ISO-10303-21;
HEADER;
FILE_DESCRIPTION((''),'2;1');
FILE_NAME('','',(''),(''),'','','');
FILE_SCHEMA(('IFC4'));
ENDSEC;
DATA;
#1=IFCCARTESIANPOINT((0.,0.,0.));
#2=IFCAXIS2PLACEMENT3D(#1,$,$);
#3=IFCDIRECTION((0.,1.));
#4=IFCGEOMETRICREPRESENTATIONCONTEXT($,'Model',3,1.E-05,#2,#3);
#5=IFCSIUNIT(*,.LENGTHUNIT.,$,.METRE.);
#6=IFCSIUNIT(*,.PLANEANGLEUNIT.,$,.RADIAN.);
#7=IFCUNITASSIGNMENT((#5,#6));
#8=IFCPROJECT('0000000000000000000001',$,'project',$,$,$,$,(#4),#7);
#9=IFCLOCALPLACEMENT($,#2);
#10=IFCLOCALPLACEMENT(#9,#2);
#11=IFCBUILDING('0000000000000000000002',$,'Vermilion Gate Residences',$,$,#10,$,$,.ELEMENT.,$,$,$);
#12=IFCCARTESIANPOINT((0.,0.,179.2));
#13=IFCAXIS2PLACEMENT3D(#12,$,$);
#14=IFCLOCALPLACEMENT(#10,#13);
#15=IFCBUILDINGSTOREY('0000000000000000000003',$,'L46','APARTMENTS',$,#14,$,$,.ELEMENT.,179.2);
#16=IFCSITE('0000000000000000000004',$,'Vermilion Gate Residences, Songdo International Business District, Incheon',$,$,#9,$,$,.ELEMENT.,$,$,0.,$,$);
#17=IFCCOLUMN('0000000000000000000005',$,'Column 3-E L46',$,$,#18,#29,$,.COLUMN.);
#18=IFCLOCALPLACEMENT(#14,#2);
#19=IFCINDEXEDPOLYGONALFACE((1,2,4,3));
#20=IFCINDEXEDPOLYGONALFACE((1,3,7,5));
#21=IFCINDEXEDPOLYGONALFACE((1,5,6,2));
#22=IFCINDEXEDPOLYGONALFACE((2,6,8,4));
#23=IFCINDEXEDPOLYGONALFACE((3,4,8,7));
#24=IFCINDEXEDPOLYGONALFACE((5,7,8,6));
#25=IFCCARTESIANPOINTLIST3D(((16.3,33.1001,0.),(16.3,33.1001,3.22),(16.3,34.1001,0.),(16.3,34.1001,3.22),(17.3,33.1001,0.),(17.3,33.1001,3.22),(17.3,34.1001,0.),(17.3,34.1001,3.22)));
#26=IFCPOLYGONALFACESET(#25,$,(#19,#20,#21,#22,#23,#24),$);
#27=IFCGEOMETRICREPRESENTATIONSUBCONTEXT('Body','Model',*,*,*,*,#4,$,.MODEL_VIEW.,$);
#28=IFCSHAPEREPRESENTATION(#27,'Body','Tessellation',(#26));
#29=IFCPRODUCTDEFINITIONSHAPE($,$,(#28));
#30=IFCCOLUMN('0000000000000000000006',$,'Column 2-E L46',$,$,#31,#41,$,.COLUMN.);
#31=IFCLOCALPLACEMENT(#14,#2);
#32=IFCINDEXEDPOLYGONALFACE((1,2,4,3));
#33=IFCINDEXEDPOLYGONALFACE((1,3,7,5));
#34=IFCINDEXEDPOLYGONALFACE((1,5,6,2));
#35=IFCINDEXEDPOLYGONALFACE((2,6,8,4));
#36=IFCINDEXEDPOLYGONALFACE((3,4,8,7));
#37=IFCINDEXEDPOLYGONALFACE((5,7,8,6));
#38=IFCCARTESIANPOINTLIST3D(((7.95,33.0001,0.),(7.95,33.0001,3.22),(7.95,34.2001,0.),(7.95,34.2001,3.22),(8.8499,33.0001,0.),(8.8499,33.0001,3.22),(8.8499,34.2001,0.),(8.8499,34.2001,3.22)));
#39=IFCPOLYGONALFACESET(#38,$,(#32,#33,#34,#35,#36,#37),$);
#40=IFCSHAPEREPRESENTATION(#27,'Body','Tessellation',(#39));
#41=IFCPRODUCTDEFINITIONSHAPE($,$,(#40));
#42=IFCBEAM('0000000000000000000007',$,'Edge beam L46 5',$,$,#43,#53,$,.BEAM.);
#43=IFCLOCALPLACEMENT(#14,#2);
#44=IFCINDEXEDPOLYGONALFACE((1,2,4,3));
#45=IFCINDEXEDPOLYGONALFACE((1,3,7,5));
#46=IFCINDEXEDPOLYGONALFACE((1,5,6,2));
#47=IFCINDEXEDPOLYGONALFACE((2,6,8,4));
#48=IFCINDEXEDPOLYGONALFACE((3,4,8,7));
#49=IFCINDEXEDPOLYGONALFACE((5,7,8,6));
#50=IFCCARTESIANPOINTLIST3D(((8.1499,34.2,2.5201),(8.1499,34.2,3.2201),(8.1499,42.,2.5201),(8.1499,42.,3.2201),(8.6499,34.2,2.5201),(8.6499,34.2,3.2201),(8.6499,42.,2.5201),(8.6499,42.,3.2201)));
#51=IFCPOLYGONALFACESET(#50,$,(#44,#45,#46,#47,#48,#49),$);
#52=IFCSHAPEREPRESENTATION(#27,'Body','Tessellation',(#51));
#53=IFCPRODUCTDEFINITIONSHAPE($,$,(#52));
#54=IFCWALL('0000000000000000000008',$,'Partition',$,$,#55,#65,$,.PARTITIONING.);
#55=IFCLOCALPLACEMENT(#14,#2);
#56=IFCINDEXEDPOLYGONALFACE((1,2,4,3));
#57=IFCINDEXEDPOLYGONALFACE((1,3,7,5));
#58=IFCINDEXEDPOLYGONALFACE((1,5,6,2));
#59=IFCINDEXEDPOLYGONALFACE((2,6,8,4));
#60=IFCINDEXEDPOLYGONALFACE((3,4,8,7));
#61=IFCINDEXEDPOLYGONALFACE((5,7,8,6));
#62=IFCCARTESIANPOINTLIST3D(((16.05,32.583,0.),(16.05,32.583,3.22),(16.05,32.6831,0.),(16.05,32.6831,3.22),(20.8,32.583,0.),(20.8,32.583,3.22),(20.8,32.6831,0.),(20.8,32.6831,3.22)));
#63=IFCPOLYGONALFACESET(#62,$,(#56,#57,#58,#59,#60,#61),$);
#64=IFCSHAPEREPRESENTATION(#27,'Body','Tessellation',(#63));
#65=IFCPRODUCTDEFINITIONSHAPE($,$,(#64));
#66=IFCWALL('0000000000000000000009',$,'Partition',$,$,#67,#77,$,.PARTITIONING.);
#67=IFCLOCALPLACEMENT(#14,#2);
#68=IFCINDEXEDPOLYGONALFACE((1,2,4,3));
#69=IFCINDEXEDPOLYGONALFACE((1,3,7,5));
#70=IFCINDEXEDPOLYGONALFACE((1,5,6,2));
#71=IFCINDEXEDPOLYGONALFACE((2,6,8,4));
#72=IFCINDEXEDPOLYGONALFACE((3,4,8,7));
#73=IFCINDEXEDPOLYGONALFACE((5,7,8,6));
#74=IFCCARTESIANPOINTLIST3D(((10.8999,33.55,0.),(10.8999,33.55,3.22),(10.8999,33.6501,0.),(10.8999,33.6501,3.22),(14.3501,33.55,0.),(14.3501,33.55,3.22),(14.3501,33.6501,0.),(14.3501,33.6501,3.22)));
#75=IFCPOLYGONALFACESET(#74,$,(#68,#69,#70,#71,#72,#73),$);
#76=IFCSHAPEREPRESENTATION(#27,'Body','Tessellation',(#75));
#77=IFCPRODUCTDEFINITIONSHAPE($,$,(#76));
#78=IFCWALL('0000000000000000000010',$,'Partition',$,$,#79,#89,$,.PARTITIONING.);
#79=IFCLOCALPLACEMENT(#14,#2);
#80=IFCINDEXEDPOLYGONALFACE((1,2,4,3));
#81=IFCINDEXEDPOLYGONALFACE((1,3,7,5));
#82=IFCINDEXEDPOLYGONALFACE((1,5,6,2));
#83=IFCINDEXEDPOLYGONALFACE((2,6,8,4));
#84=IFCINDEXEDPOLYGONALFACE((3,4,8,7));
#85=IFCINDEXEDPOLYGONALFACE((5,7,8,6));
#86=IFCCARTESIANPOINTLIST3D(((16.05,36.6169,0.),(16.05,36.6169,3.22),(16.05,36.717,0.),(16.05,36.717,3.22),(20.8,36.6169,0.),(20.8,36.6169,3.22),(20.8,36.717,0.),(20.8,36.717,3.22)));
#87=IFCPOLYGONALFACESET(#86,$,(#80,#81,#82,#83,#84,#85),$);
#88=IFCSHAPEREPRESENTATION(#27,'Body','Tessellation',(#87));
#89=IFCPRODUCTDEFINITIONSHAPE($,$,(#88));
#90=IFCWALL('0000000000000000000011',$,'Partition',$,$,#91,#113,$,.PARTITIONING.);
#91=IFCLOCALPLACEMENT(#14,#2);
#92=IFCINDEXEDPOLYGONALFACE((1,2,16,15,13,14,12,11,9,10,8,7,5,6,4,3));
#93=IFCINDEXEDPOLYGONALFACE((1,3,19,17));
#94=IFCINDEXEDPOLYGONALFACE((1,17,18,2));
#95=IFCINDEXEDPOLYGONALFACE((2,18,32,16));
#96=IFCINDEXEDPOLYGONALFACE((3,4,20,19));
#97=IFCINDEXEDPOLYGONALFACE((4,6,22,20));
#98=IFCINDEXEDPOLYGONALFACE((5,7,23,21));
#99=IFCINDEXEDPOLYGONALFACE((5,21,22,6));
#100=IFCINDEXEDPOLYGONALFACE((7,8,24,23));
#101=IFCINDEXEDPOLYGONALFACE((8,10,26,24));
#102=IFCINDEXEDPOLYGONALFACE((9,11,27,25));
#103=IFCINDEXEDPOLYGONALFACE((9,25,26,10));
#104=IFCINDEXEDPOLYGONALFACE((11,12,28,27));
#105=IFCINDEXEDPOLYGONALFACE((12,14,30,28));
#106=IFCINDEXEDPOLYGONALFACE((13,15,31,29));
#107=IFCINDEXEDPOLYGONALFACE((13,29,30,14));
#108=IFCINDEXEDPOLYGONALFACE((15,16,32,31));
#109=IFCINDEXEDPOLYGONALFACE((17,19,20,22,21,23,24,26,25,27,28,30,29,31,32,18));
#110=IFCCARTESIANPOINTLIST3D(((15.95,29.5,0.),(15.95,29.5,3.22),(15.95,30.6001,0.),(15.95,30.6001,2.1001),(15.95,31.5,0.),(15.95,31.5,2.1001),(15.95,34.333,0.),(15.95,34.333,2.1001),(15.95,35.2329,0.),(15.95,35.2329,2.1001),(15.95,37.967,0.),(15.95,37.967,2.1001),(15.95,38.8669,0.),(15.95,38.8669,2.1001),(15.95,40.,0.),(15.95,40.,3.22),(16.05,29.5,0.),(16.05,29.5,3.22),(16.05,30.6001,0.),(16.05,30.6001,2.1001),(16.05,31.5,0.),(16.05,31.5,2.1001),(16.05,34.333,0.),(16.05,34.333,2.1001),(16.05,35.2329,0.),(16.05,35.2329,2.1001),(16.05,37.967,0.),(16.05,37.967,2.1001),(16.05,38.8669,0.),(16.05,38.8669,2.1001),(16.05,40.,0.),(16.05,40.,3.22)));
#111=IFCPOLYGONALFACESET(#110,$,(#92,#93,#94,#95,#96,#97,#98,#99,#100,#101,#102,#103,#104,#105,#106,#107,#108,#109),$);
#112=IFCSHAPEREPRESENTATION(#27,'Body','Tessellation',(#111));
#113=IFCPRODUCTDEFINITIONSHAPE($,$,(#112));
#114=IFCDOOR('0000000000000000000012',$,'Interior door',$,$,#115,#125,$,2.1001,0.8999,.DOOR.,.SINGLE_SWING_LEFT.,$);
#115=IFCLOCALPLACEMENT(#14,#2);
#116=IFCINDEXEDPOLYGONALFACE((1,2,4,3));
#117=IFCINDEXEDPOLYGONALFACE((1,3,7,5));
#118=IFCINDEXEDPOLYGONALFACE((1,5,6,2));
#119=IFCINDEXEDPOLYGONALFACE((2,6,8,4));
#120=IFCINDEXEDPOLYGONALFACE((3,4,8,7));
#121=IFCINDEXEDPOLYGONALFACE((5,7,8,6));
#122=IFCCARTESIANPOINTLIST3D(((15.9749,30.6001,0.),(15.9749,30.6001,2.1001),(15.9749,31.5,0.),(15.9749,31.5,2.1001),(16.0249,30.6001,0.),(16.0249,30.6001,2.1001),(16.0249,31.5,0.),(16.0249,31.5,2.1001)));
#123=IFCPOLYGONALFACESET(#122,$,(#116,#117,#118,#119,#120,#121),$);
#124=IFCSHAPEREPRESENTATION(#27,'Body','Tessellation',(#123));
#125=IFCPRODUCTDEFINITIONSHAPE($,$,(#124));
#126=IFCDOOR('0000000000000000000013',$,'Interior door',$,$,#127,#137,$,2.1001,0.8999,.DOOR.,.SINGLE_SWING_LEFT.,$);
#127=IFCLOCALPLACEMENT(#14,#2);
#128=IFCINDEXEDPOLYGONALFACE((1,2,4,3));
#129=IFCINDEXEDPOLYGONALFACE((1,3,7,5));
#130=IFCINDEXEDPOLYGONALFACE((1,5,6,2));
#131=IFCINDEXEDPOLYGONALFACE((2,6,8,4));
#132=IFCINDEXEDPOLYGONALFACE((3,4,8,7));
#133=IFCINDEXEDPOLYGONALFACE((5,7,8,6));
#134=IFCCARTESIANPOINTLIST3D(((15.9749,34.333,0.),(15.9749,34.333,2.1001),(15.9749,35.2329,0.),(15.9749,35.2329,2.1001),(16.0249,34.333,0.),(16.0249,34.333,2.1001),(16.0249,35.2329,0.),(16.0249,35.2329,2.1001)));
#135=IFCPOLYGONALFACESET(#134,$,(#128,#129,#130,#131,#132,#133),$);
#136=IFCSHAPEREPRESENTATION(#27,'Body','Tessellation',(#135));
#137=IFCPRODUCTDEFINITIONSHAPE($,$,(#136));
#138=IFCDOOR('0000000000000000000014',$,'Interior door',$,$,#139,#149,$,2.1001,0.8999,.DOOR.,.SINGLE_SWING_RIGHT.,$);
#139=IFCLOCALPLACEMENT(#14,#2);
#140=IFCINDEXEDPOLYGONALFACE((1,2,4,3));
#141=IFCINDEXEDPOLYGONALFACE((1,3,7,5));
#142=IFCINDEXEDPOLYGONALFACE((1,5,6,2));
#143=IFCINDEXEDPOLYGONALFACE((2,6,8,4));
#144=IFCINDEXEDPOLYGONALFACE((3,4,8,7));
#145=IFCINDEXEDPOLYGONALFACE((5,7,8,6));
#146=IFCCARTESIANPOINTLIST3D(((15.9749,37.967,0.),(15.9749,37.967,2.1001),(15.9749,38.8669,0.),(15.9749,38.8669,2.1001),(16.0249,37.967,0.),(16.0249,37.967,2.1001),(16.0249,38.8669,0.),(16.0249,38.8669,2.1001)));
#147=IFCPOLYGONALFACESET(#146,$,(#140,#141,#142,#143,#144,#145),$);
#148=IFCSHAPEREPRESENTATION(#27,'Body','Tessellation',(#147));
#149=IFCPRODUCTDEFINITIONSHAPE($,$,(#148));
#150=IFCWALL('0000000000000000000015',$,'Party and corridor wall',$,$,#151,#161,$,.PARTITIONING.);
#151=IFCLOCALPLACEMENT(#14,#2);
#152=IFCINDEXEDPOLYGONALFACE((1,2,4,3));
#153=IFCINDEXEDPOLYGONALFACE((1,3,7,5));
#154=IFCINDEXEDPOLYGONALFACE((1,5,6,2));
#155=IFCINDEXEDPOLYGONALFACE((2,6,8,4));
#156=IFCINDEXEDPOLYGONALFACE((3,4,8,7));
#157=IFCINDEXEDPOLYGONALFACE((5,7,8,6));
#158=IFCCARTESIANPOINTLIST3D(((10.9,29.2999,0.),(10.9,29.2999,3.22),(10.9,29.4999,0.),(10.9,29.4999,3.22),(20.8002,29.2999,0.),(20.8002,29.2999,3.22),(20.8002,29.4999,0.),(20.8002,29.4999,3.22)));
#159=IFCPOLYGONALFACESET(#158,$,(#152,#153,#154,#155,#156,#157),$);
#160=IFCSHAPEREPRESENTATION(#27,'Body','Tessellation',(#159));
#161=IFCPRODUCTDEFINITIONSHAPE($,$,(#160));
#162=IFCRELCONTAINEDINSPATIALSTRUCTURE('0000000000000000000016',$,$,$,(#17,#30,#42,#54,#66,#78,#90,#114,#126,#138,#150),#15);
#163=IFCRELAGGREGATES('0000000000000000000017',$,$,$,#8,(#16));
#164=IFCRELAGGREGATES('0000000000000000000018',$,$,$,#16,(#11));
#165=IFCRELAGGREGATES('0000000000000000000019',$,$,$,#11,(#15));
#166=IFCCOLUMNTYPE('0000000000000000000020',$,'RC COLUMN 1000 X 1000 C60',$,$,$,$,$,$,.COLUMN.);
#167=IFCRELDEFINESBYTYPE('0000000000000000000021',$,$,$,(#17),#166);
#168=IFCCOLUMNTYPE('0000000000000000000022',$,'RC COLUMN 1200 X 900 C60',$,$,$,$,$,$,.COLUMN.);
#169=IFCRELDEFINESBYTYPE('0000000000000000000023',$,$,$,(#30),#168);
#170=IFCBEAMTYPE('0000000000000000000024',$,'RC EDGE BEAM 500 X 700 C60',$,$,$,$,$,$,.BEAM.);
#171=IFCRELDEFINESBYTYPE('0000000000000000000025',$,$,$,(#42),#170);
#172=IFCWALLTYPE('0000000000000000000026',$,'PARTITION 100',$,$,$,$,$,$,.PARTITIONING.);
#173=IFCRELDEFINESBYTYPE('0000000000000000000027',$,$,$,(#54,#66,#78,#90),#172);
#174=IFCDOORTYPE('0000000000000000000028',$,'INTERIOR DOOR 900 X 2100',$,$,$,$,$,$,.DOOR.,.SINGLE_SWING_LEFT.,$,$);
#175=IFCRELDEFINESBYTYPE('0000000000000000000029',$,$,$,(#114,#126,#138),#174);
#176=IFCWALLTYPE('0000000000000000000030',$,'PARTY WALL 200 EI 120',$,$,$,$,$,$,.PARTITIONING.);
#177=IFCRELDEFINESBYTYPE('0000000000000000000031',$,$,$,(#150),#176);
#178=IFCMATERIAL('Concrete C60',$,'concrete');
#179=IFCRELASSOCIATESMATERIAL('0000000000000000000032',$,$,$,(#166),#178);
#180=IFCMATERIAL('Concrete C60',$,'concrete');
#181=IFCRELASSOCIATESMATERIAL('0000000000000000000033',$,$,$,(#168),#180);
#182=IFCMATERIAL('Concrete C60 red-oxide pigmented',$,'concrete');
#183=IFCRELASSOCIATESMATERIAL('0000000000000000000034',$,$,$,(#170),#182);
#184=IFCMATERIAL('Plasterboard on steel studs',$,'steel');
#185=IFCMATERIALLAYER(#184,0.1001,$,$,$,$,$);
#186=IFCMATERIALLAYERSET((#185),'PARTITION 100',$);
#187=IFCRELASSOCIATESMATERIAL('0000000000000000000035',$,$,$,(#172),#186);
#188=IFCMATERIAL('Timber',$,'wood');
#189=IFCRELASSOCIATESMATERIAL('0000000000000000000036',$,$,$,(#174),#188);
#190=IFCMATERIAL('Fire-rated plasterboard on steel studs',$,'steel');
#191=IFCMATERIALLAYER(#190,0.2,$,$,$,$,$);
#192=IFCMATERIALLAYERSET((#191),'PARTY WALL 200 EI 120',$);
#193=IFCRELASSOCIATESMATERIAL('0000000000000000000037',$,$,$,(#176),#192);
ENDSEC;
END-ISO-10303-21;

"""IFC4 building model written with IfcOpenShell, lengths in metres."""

from ifc_helpers import new_model, si_unit, direction, frame, frame_2d, origin, origin_2d, place, context, subcontext, project, spatial, rectangle, extrude, material, layer, layer_set, material_profile, profile_set, type_object, element, fill, save


model = new_model("IFC4")

# Units and contexts
model_context = context("Model", 3, precision=1e-05, world=origin(), true_north=direction((0.0, 1.0)))
body_context = subcontext(model_context, "Body", "Model", "MODEL_VIEW")
ifc_project = project(units=[si_unit("LENGTHUNIT", "METRE"), si_unit("PLANEANGLEUNIT", "RADIAN")], contexts=[model_context])

# Site, building, storey
site_placement = place(None, origin())
site = spatial("IfcSite", under=ifc_project, at=site_placement, Name="Vermilion Gate Residences, Songdo International Business District, Incheon", CompositionType="ELEMENT", RefElevation=0.0)
building_placement = place(site_placement, origin())
building = spatial("IfcBuilding", under=site, at=building_placement, Name="Vermilion Gate Residences", CompositionType="ELEMENT")
storey_placement = place(building_placement, frame((0.0, 0.0, 179.2)))
storey = spatial("IfcBuildingStorey", under=building, at=storey_placement, Name="L46", Description="APARTMENTS", CompositionType="ELEMENT", Elevation=179.2)

# Columns
ifc_material_1 = material(Name="Concrete C60", Category="concrete")
ifc_material_profile_1 = material_profile(ifc_material_1, rectangle(XDim=1.0, YDim=1.0, at=origin_2d()), Name="RC-1000x1000")
ifc_profile_set_1 = profile_set([ifc_material_profile_1], Name="Concrete C60")
column_type_1 = type_object("IfcColumnType", Name="RC COLUMN 1000 X 1000 C60", PredefinedType="COLUMN", material=ifc_profile_set_1)
column_1_placement = place(storey_placement, frame((16.8, 33.6001, 0.0), z_axis=(0.0, 0.0, 1.0), x_axis=(1.0, 0.0, 0.0)))
element("IfcColumn", 1, at=column_1_placement, inside=storey, type_object=column_type_1, Name="Column 3-E L46", PredefinedType="COLUMN", context=body_context, shape_type="SweptSolid", body=[
    extrude(rectangle(XDim=1.0, YDim=1.0, at=origin_2d()), origin(), (0.0, 0.0, 1.0), 3.22),
])
ifc_material_2 = material(Name="Concrete C60", Category="concrete")
ifc_material_profile_2 = material_profile(ifc_material_2, rectangle(XDim=1.2, YDim=0.8999, at=origin_2d()), Name="RC-1200x900")
ifc_profile_set_2 = profile_set([ifc_material_profile_2], Name="Concrete C60")
column_type_2 = type_object("IfcColumnType", Name="RC COLUMN 1200 X 900 C60", PredefinedType="COLUMN", material=ifc_profile_set_2)
column_2_placement = place(storey_placement, frame((8.3999, 33.6001, 0.0), z_axis=(0.0, 0.0, 1.0), x_axis=(0.0, 1.0, 0.0)))
element("IfcColumn", 2, at=column_2_placement, inside=storey, type_object=column_type_2, Name="Column 2-E L46", PredefinedType="COLUMN", context=body_context, shape_type="SweptSolid", body=[
    extrude(rectangle(XDim=1.2, YDim=0.8999, at=origin_2d()), origin(), (0.0, 0.0, 1.0), 3.22),
])

# Beam
ifc_material_3 = material(Name="Concrete C60 red-oxide pigmented", Category="concrete")
ifc_material_profile_3 = material_profile(ifc_material_3, rectangle(XDim=0.5, YDim=0.7, at=origin_2d()), Name="RC-500x700")
ifc_profile_set_3 = profile_set([ifc_material_profile_3], Name="Concrete C60 red-oxide pigmented")
beam_type = type_object("IfcBeamType", Name="RC EDGE BEAM 500 X 700 C60", PredefinedType="BEAM", material=ifc_profile_set_3)
beam_placement = place(storey_placement, frame((8.3999, 34.2, 2.8701), z_axis=(0.0, 1.0, 0.0), x_axis=(-1.0, 0.0, 0.0)))
element("IfcBeam", 3, at=beam_placement, inside=storey, type_object=beam_type, Name="Edge beam L46 5", PredefinedType="BEAM", context=body_context, shape_type="SweptSolid", body=[
    extrude(rectangle(XDim=0.5, YDim=0.7, at=origin_2d()), origin(), (0.0, 0.0, 1.0), 7.8),
])

# Walls
ifc_material_4 = material(Name="Plasterboard on steel studs", Category="steel")
ifc_layer_1 = layer(ifc_material_4, 0.1001)
ifc_layer_set_1 = layer_set([ifc_layer_1], Name="PARTITION 100")
wall_type_1 = type_object("IfcWallType", Name="PARTITION 100", PredefinedType="PARTITIONING", material=ifc_layer_set_1)
wall_1_placement = place(storey_placement, frame((16.05, 32.6331, 0.0), z_axis=(0.0, 0.0, 1.0), x_axis=(1.0, 0.0, 0.0)))
element("IfcWall", 4, at=wall_1_placement, inside=storey, type_object=wall_type_1, Name="Partition", PredefinedType="PARTITIONING", context=body_context, shape_type="SweptSolid", body=[
    extrude(rectangle(XDim=4.75, YDim=0.1001, at=frame_2d((2.375, 0.0))), origin(), (0.0, 0.0, 1.0), 3.22),
])
wall_2_placement = place(storey_placement, frame((10.8999, 33.6001, 0.0), z_axis=(0.0, 0.0, 1.0), x_axis=(1.0, 0.0, 0.0)))
element("IfcWall", 5, at=wall_2_placement, inside=storey, type_object=wall_type_1, Name="Partition", PredefinedType="PARTITIONING", context=body_context, shape_type="SweptSolid", body=[
    extrude(rectangle(XDim=3.4502, YDim=0.1001, at=frame_2d((1.7251, 0.0))), origin(), (0.0, 0.0, 1.0), 3.22),
])
wall_3_placement = place(storey_placement, frame((16.05, 36.667, 0.0), z_axis=(0.0, 0.0, 1.0), x_axis=(1.0, 0.0, 0.0)))
element("IfcWall", 6, at=wall_3_placement, inside=storey, type_object=wall_type_1, Name="Partition", PredefinedType="PARTITIONING", context=body_context, shape_type="SweptSolid", body=[
    extrude(rectangle(XDim=4.75, YDim=0.1001, at=frame_2d((2.375, 0.0))), origin(), (0.0, 0.0, 1.0), 3.22),
])

# Wall, openings, doors
wall_4_placement = place(storey_placement, frame((16.0, 29.5, 0.0), z_axis=(0.0, 0.0, 1.0), x_axis=(0.0, 1.0, 0.0)))
wall_4 = element("IfcWall", 7, at=wall_4_placement, inside=storey, type_object=wall_type_1, Name="Partition", PredefinedType="PARTITIONING", context=body_context, shape_type="SweptSolid", body=[
    extrude(rectangle(XDim=10.5, YDim=0.1001, at=frame_2d((5.25, 0.0))), origin(), (0.0, 0.0, 1.0), 3.22),
])
opening_1_placement = place(wall_4_placement, frame((1.1001, 0.0, 0.0)))
opening_1 = element("IfcOpeningElement", 8, at=opening_1_placement, cuts=wall_4, PredefinedType="OPENING", context=body_context, shape_type="SweptSolid", body=[
    extrude(rectangle(XDim=0.8999, YDim=2.1001, at=frame_2d((0.45, 1.05))), frame((0.0, 0.0601, 0.0), z_axis=(0.0, -1.0, 0.0), x_axis=(1.0, 0.0, 0.0)), (0.0, 0.0, 1.0), 0.1201),
])
opening_2_placement = place(wall_4_placement, frame((4.833, 0.0, 0.0)))
opening_2 = element("IfcOpeningElement", 9, at=opening_2_placement, cuts=wall_4, PredefinedType="OPENING", context=body_context, shape_type="SweptSolid", body=[
    extrude(rectangle(XDim=0.8999, YDim=2.1001, at=frame_2d((0.45, 1.05))), frame((0.0, 0.0601, 0.0), z_axis=(0.0, -1.0, 0.0), x_axis=(1.0, 0.0, 0.0)), (0.0, 0.0, 1.0), 0.1201),
])
opening_3_placement = place(wall_4_placement, frame((8.467, 0.0, 0.0)))
opening_3 = element("IfcOpeningElement", 10, at=opening_3_placement, cuts=wall_4, PredefinedType="OPENING", context=body_context, shape_type="SweptSolid", body=[
    extrude(rectangle(XDim=0.8999, YDim=2.1001, at=frame_2d((0.45, 1.05))), frame((0.0, 0.0601, 0.0), z_axis=(0.0, -1.0, 0.0), x_axis=(1.0, 0.0, 0.0)), (0.0, 0.0, 1.0), 0.1201),
])
ifc_material_5 = material(Name="Timber", Category="wood")
door_type = type_object("IfcDoorType", Name="INTERIOR DOOR 900 X 2100", OperationType="SINGLE_SWING_LEFT", PredefinedType="DOOR", material=ifc_material_5)
door_1_placement = place(opening_1_placement, frame((0.8999, 0.0, 0.0), z_axis=(0.0, 0.0, 1.0), x_axis=(-1.0, 0.0, 0.0)))
door_1 = element("IfcDoor", 11, at=door_1_placement, inside=storey, type_object=door_type, Name="Interior door", OperationType="SINGLE_SWING_LEFT", OverallHeight=2.1001, OverallWidth=0.8999, PredefinedType="DOOR", context=body_context, shape_type="SweptSolid", body=[
    extrude(rectangle(XDim=0.8999, YDim=2.1001, at=frame_2d((0.45, 1.05))), frame((0.0, 0.0249, 0.0), z_axis=(0.0, -1.0, 0.0), x_axis=(1.0, 0.0, 0.0)), (0.0, 0.0, 1.0), 0.05),
])
fill(opening_1, door_1)
door_2_placement = place(opening_2_placement, frame((0.8999, 0.0, 0.0), z_axis=(0.0, 0.0, 1.0), x_axis=(-1.0, 0.0, 0.0)))
door_2 = element("IfcDoor", 12, at=door_2_placement, inside=storey, type_object=door_type, Name="Interior door", OperationType="SINGLE_SWING_LEFT", OverallHeight=2.1001, OverallWidth=0.8999, PredefinedType="DOOR", context=body_context, shape_type="SweptSolid", body=[
    extrude(rectangle(XDim=0.8999, YDim=2.1001, at=frame_2d((0.45, 1.05))), frame((0.0, 0.0249, 0.0), z_axis=(0.0, -1.0, 0.0), x_axis=(1.0, 0.0, 0.0)), (0.0, 0.0, 1.0), 0.05),
])
fill(opening_2, door_2)
door_3_placement = place(opening_3_placement, frame((0.8999, 0.0, 0.0), z_axis=(0.0, 0.0, 1.0), x_axis=(-1.0, 0.0, 0.0)))
door_3 = element("IfcDoor", 13, at=door_3_placement, inside=storey, type_object=door_type, Name="Interior door", OperationType="SINGLE_SWING_RIGHT", OverallHeight=2.1001, OverallWidth=0.8999, PredefinedType="DOOR", context=body_context, shape_type="SweptSolid", body=[
    extrude(rectangle(XDim=0.8999, YDim=2.1001, at=frame_2d((0.45, 1.05))), frame((0.0, 0.0249, 0.0), z_axis=(0.0, -1.0, 0.0), x_axis=(1.0, 0.0, 0.0)), (0.0, 0.0, 1.0), 0.05),
])
fill(opening_3, door_3)

# Wall
ifc_material_6 = material(Name="Fire-rated plasterboard on steel studs", Category="steel")
ifc_layer_2 = layer(ifc_material_6, 0.2)
ifc_layer_set_2 = layer_set([ifc_layer_2], Name="PARTY WALL 200 EI 120")
wall_type_2 = type_object("IfcWallType", Name="PARTY WALL 200 EI 120", PredefinedType="PARTITIONING", material=ifc_layer_set_2)
wall_5_placement = place(storey_placement, frame((10.8999, 29.3999, 0.0), z_axis=(0.0, 0.0, 1.0), x_axis=(1.0, 0.0, 0.0)))
element("IfcWall", 14, at=wall_5_placement, inside=storey, type_object=wall_type_2, Name="Party and corridor wall", PredefinedType="PARTITIONING", context=body_context, shape_type="SweptSolid", body=[
    extrude(rectangle(XDim=9.9001, YDim=0.2, at=frame_2d((4.9502, 0.0))), origin(), (0.0, 0.0, 1.0), 3.22),
])

save(model, "model.ifc")
